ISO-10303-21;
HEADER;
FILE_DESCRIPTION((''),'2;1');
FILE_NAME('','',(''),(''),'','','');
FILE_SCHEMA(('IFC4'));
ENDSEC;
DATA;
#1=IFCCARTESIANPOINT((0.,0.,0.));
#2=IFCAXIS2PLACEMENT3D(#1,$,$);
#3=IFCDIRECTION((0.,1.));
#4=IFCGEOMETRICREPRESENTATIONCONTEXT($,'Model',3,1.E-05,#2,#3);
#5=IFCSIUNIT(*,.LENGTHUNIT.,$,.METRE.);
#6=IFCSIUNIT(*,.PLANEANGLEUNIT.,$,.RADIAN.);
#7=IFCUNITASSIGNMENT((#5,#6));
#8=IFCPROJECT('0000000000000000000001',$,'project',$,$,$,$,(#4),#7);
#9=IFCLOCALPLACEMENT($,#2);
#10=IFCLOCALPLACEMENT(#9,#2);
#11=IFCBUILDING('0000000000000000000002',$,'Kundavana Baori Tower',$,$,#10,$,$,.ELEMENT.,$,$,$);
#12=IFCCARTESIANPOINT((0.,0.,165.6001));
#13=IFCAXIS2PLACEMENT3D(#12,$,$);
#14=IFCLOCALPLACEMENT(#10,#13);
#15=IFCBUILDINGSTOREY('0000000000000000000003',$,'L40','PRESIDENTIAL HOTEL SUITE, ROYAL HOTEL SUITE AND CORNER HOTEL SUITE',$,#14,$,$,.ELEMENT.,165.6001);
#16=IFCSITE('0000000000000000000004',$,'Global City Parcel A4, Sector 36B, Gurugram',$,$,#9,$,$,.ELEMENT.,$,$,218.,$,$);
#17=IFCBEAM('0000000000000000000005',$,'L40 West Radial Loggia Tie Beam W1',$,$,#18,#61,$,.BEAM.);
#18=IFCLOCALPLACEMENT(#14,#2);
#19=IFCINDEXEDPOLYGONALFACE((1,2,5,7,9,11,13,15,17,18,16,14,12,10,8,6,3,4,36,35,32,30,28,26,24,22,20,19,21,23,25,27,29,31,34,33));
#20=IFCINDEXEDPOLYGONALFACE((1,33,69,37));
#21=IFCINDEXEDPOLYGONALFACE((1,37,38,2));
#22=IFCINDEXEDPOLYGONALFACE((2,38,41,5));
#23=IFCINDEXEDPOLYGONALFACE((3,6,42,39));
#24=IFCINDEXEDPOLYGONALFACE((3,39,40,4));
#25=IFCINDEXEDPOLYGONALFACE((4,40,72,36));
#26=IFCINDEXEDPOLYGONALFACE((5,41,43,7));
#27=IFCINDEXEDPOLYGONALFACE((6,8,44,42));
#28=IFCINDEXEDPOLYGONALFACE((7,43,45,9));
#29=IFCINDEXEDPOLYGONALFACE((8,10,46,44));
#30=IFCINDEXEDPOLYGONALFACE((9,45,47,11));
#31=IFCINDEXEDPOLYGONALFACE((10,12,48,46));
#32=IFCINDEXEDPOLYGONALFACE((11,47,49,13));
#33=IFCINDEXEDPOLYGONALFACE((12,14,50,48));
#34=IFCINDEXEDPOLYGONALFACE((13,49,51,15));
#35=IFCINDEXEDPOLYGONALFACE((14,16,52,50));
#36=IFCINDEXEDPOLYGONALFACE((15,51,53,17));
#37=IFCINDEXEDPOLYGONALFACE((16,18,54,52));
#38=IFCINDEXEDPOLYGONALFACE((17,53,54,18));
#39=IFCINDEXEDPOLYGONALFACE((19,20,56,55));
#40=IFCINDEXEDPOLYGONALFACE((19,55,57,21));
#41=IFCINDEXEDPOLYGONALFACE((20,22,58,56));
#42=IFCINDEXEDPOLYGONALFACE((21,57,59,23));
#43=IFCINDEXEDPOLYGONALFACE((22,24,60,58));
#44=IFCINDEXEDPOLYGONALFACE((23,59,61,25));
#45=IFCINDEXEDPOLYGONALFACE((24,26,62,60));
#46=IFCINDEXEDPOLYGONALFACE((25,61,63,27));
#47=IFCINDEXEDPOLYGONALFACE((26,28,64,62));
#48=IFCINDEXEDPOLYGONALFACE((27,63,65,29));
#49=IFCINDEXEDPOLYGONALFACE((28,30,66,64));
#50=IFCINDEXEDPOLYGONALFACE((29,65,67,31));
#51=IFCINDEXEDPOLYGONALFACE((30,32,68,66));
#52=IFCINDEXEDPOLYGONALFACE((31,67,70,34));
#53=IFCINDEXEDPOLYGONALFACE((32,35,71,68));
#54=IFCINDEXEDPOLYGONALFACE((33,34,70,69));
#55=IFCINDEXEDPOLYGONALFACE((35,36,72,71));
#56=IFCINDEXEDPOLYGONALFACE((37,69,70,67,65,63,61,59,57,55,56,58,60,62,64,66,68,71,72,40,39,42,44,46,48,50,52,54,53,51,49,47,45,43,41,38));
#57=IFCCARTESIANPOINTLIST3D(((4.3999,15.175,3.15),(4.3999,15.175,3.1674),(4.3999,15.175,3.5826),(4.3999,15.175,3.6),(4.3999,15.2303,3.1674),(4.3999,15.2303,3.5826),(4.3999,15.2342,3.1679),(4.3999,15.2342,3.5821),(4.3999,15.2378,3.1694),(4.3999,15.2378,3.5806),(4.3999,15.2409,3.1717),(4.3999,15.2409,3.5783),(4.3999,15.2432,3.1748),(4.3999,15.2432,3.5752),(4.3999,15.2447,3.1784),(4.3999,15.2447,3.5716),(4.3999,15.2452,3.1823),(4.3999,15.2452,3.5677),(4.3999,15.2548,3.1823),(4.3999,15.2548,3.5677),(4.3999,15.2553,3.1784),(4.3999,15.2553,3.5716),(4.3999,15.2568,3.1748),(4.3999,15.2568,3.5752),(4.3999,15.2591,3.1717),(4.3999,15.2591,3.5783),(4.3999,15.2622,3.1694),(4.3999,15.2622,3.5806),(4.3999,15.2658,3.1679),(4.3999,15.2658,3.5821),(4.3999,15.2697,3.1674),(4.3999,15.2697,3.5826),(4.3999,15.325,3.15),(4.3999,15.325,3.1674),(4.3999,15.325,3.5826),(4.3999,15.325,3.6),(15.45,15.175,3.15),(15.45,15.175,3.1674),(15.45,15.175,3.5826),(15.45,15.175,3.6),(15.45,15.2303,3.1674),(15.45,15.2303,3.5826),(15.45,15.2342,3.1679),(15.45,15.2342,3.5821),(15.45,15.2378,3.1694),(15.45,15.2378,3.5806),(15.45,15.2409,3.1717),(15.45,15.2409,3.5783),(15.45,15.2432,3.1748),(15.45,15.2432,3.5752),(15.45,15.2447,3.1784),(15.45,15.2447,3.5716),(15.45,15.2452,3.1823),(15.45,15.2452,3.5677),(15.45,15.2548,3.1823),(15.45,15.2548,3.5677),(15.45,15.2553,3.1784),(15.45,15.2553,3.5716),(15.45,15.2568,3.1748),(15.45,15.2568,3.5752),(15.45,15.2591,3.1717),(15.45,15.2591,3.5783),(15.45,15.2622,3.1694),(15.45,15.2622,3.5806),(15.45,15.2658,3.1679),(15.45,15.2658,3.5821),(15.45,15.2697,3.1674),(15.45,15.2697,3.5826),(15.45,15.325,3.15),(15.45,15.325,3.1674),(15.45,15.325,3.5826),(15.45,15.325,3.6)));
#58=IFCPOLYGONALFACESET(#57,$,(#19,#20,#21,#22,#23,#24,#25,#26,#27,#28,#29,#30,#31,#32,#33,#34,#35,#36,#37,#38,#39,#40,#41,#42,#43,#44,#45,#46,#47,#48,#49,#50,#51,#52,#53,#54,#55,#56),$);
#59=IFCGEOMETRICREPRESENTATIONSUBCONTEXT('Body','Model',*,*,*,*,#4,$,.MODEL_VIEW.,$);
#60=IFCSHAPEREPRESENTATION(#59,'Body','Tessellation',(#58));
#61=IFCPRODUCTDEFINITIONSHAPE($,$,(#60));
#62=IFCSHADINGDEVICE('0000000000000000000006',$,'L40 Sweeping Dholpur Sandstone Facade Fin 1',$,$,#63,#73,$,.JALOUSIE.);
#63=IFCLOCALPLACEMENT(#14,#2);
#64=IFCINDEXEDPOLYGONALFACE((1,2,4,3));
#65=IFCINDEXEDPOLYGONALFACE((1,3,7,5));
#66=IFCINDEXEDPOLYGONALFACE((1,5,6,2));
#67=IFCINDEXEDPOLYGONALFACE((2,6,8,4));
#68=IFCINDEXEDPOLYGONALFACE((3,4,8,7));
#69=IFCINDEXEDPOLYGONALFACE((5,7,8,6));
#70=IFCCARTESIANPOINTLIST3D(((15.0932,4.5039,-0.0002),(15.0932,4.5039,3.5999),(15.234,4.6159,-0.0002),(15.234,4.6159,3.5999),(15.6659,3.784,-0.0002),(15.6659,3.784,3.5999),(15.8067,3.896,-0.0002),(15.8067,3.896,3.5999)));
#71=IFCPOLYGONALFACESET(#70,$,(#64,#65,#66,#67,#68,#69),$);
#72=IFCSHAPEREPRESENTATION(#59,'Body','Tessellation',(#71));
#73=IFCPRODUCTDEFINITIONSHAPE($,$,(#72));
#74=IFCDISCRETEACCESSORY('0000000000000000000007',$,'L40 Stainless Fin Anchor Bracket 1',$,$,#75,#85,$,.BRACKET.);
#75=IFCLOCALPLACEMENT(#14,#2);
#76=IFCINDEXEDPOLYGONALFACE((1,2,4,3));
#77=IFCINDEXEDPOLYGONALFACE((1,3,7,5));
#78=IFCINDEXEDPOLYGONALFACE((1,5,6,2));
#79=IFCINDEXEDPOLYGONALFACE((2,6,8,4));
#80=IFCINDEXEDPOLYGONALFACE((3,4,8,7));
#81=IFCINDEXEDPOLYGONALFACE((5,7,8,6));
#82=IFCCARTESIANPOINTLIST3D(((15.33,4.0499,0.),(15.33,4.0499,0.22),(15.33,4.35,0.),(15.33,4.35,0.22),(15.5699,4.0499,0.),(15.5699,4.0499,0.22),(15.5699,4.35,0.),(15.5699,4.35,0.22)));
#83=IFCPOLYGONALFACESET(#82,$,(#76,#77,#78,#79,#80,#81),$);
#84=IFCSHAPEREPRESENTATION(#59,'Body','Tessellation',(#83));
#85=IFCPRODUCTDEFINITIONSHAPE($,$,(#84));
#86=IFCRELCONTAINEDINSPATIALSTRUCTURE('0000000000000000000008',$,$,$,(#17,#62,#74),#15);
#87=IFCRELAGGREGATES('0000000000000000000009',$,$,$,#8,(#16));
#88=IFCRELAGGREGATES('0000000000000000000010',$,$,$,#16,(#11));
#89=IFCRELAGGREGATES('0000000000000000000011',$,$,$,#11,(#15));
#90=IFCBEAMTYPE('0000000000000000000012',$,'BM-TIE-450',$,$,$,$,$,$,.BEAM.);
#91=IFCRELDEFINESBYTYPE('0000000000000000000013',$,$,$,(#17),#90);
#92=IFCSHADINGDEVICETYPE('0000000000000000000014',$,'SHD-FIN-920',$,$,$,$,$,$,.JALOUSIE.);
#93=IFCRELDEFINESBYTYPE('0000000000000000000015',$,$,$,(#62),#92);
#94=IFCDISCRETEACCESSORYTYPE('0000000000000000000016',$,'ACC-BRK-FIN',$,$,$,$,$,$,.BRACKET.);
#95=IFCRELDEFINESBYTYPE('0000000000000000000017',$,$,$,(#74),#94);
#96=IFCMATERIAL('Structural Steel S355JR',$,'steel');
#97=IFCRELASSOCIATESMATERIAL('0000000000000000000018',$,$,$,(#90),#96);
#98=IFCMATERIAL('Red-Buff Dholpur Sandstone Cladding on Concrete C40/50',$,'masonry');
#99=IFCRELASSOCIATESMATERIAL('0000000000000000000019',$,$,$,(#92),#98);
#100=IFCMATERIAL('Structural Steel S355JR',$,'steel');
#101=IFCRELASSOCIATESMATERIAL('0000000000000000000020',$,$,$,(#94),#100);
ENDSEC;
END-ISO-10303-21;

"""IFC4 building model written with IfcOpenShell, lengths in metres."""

from ifc_helpers import new_model, si_unit, direction, frame, origin, origin_2d, place, context, subcontext, project, spatial, rectangle, i_section, extrude, material, material_profile, profile_set, type_object, element, save


model = new_model("IFC4")

# Units and contexts
model_context = context("Model", 3, precision=1e-05, world=origin(), true_north=direction((0.0, 1.0)))
body_context = subcontext(model_context, "Body", "Model", "MODEL_VIEW")
ifc_project = project(units=[si_unit("LENGTHUNIT", "METRE"), si_unit("PLANEANGLEUNIT", "RADIAN")], contexts=[model_context])

# Site, building, storey
site_placement = place(None, origin())
site = spatial("IfcSite", under=ifc_project, at=site_placement, Name="Global City Parcel A4, Sector 36B, Gurugram", CompositionType="ELEMENT", RefElevation=218.0)
building_placement = place(site_placement, origin())
building = spatial("IfcBuilding", under=site, at=building_placement, Name="Kundavana Baori Tower", CompositionType="ELEMENT")
storey_placement = place(building_placement, frame((0.0, 0.0, 165.6001)))
storey = spatial("IfcBuildingStorey", under=building, at=storey_placement, Name="L40", Description="PRESIDENTIAL HOTEL SUITE, ROYAL HOTEL SUITE AND CORNER HOTEL SUITE", CompositionType="ELEMENT", Elevation=165.6001)

# Beam
ifc_material_1 = material(Name="Structural Steel S355JR", Category="steel")
ifc_material_profile_1 = material_profile(ifc_material_1, i_section(OverallWidth=0.1499, OverallDepth=0.45, WebThickness=0.0095, FlangeThickness=0.0173, FilletRadius=0.0149, at=origin_2d()), Name="ISMB 450")
ifc_profile_set_1 = profile_set([ifc_material_profile_1], Name="Structural Steel S355JR")
beam_type_1 = type_object("IfcBeamType", Name="BM-TIE-450", PredefinedType="BEAM", material=ifc_profile_set_1)
for number, where, z_axis, x_axis, name in (
    (1, (15.45, 15.25, 3.375), (-1.0, 0.0, 0.0), (0.0, -1.0, 0.0), "L40 West Radial Loggia Tie Beam W1"),
):
    element("IfcBeam", number, at=place(storey_placement, frame(where, z_axis=z_axis, x_axis=x_axis)), inside=storey, type_object=beam_type_1, Name=name, PredefinedType="BEAM", context=body_context, shape_type="SweptSolid", body=[
        extrude(i_section(OverallWidth=0.1499, OverallDepth=0.45, WebThickness=0.0095, FlangeThickness=0.0173, FilletRadius=0.0149, at=origin_2d()), origin(), (0.0, 0.0, 1.0), 11.05),
    ])

# Shading device
ifc_material_2 = material(Name="Red-Buff Dholpur Sandstone Cladding on Concrete C40/50", Category="masonry")
shading_device_type = type_object("IfcShadingDeviceType", Name="SHD-FIN-920", PredefinedType="JALOUSIE", material=ifc_material_2)
shading_device_placement = place(storey_placement, frame((15.45, 4.2, -0.0002), z_axis=(0.0, 0.0, 1.0), x_axis=(0.782608, 0.622515, 0.0)))
element("IfcShadingDevice", 2, at=shading_device_placement, inside=storey, type_object=shading_device_type, Name="L40 Sweeping Dholpur Sandstone Facade Fin 1", PredefinedType="JALOUSIE", context=body_context, shape_type="SweptSolid", body=[
    extrude(rectangle(XDim=0.1799, YDim=0.9199, at=origin_2d()), origin(), (0.0, 0.0, 1.0), 3.6001),
])

# Discrete accessory
ifc_material_3 = material(Name="Structural Steel S355JR", Category="steel")
discrete_accessory_type = type_object("IfcDiscreteAccessoryType", Name="ACC-BRK-FIN", PredefinedType="BRACKET", material=ifc_material_3)
discrete_accessory_placement = place(storey_placement, frame((15.45, 4.2, 0.0), z_axis=(0.0, 0.0, 1.0), x_axis=(1.0, 0.0, 0.0)))
element("IfcDiscreteAccessory", 3, at=discrete_accessory_placement, inside=storey, type_object=discrete_accessory_type, Name="L40 Stainless Fin Anchor Bracket 1", PredefinedType="BRACKET", context=body_context, shape_type="SweptSolid", body=[
    extrude(rectangle(XDim=0.24, YDim=0.3, at=origin_2d()), origin(), (0.0, 0.0, 1.0), 0.22),
])

save(model, "model.ifc")
